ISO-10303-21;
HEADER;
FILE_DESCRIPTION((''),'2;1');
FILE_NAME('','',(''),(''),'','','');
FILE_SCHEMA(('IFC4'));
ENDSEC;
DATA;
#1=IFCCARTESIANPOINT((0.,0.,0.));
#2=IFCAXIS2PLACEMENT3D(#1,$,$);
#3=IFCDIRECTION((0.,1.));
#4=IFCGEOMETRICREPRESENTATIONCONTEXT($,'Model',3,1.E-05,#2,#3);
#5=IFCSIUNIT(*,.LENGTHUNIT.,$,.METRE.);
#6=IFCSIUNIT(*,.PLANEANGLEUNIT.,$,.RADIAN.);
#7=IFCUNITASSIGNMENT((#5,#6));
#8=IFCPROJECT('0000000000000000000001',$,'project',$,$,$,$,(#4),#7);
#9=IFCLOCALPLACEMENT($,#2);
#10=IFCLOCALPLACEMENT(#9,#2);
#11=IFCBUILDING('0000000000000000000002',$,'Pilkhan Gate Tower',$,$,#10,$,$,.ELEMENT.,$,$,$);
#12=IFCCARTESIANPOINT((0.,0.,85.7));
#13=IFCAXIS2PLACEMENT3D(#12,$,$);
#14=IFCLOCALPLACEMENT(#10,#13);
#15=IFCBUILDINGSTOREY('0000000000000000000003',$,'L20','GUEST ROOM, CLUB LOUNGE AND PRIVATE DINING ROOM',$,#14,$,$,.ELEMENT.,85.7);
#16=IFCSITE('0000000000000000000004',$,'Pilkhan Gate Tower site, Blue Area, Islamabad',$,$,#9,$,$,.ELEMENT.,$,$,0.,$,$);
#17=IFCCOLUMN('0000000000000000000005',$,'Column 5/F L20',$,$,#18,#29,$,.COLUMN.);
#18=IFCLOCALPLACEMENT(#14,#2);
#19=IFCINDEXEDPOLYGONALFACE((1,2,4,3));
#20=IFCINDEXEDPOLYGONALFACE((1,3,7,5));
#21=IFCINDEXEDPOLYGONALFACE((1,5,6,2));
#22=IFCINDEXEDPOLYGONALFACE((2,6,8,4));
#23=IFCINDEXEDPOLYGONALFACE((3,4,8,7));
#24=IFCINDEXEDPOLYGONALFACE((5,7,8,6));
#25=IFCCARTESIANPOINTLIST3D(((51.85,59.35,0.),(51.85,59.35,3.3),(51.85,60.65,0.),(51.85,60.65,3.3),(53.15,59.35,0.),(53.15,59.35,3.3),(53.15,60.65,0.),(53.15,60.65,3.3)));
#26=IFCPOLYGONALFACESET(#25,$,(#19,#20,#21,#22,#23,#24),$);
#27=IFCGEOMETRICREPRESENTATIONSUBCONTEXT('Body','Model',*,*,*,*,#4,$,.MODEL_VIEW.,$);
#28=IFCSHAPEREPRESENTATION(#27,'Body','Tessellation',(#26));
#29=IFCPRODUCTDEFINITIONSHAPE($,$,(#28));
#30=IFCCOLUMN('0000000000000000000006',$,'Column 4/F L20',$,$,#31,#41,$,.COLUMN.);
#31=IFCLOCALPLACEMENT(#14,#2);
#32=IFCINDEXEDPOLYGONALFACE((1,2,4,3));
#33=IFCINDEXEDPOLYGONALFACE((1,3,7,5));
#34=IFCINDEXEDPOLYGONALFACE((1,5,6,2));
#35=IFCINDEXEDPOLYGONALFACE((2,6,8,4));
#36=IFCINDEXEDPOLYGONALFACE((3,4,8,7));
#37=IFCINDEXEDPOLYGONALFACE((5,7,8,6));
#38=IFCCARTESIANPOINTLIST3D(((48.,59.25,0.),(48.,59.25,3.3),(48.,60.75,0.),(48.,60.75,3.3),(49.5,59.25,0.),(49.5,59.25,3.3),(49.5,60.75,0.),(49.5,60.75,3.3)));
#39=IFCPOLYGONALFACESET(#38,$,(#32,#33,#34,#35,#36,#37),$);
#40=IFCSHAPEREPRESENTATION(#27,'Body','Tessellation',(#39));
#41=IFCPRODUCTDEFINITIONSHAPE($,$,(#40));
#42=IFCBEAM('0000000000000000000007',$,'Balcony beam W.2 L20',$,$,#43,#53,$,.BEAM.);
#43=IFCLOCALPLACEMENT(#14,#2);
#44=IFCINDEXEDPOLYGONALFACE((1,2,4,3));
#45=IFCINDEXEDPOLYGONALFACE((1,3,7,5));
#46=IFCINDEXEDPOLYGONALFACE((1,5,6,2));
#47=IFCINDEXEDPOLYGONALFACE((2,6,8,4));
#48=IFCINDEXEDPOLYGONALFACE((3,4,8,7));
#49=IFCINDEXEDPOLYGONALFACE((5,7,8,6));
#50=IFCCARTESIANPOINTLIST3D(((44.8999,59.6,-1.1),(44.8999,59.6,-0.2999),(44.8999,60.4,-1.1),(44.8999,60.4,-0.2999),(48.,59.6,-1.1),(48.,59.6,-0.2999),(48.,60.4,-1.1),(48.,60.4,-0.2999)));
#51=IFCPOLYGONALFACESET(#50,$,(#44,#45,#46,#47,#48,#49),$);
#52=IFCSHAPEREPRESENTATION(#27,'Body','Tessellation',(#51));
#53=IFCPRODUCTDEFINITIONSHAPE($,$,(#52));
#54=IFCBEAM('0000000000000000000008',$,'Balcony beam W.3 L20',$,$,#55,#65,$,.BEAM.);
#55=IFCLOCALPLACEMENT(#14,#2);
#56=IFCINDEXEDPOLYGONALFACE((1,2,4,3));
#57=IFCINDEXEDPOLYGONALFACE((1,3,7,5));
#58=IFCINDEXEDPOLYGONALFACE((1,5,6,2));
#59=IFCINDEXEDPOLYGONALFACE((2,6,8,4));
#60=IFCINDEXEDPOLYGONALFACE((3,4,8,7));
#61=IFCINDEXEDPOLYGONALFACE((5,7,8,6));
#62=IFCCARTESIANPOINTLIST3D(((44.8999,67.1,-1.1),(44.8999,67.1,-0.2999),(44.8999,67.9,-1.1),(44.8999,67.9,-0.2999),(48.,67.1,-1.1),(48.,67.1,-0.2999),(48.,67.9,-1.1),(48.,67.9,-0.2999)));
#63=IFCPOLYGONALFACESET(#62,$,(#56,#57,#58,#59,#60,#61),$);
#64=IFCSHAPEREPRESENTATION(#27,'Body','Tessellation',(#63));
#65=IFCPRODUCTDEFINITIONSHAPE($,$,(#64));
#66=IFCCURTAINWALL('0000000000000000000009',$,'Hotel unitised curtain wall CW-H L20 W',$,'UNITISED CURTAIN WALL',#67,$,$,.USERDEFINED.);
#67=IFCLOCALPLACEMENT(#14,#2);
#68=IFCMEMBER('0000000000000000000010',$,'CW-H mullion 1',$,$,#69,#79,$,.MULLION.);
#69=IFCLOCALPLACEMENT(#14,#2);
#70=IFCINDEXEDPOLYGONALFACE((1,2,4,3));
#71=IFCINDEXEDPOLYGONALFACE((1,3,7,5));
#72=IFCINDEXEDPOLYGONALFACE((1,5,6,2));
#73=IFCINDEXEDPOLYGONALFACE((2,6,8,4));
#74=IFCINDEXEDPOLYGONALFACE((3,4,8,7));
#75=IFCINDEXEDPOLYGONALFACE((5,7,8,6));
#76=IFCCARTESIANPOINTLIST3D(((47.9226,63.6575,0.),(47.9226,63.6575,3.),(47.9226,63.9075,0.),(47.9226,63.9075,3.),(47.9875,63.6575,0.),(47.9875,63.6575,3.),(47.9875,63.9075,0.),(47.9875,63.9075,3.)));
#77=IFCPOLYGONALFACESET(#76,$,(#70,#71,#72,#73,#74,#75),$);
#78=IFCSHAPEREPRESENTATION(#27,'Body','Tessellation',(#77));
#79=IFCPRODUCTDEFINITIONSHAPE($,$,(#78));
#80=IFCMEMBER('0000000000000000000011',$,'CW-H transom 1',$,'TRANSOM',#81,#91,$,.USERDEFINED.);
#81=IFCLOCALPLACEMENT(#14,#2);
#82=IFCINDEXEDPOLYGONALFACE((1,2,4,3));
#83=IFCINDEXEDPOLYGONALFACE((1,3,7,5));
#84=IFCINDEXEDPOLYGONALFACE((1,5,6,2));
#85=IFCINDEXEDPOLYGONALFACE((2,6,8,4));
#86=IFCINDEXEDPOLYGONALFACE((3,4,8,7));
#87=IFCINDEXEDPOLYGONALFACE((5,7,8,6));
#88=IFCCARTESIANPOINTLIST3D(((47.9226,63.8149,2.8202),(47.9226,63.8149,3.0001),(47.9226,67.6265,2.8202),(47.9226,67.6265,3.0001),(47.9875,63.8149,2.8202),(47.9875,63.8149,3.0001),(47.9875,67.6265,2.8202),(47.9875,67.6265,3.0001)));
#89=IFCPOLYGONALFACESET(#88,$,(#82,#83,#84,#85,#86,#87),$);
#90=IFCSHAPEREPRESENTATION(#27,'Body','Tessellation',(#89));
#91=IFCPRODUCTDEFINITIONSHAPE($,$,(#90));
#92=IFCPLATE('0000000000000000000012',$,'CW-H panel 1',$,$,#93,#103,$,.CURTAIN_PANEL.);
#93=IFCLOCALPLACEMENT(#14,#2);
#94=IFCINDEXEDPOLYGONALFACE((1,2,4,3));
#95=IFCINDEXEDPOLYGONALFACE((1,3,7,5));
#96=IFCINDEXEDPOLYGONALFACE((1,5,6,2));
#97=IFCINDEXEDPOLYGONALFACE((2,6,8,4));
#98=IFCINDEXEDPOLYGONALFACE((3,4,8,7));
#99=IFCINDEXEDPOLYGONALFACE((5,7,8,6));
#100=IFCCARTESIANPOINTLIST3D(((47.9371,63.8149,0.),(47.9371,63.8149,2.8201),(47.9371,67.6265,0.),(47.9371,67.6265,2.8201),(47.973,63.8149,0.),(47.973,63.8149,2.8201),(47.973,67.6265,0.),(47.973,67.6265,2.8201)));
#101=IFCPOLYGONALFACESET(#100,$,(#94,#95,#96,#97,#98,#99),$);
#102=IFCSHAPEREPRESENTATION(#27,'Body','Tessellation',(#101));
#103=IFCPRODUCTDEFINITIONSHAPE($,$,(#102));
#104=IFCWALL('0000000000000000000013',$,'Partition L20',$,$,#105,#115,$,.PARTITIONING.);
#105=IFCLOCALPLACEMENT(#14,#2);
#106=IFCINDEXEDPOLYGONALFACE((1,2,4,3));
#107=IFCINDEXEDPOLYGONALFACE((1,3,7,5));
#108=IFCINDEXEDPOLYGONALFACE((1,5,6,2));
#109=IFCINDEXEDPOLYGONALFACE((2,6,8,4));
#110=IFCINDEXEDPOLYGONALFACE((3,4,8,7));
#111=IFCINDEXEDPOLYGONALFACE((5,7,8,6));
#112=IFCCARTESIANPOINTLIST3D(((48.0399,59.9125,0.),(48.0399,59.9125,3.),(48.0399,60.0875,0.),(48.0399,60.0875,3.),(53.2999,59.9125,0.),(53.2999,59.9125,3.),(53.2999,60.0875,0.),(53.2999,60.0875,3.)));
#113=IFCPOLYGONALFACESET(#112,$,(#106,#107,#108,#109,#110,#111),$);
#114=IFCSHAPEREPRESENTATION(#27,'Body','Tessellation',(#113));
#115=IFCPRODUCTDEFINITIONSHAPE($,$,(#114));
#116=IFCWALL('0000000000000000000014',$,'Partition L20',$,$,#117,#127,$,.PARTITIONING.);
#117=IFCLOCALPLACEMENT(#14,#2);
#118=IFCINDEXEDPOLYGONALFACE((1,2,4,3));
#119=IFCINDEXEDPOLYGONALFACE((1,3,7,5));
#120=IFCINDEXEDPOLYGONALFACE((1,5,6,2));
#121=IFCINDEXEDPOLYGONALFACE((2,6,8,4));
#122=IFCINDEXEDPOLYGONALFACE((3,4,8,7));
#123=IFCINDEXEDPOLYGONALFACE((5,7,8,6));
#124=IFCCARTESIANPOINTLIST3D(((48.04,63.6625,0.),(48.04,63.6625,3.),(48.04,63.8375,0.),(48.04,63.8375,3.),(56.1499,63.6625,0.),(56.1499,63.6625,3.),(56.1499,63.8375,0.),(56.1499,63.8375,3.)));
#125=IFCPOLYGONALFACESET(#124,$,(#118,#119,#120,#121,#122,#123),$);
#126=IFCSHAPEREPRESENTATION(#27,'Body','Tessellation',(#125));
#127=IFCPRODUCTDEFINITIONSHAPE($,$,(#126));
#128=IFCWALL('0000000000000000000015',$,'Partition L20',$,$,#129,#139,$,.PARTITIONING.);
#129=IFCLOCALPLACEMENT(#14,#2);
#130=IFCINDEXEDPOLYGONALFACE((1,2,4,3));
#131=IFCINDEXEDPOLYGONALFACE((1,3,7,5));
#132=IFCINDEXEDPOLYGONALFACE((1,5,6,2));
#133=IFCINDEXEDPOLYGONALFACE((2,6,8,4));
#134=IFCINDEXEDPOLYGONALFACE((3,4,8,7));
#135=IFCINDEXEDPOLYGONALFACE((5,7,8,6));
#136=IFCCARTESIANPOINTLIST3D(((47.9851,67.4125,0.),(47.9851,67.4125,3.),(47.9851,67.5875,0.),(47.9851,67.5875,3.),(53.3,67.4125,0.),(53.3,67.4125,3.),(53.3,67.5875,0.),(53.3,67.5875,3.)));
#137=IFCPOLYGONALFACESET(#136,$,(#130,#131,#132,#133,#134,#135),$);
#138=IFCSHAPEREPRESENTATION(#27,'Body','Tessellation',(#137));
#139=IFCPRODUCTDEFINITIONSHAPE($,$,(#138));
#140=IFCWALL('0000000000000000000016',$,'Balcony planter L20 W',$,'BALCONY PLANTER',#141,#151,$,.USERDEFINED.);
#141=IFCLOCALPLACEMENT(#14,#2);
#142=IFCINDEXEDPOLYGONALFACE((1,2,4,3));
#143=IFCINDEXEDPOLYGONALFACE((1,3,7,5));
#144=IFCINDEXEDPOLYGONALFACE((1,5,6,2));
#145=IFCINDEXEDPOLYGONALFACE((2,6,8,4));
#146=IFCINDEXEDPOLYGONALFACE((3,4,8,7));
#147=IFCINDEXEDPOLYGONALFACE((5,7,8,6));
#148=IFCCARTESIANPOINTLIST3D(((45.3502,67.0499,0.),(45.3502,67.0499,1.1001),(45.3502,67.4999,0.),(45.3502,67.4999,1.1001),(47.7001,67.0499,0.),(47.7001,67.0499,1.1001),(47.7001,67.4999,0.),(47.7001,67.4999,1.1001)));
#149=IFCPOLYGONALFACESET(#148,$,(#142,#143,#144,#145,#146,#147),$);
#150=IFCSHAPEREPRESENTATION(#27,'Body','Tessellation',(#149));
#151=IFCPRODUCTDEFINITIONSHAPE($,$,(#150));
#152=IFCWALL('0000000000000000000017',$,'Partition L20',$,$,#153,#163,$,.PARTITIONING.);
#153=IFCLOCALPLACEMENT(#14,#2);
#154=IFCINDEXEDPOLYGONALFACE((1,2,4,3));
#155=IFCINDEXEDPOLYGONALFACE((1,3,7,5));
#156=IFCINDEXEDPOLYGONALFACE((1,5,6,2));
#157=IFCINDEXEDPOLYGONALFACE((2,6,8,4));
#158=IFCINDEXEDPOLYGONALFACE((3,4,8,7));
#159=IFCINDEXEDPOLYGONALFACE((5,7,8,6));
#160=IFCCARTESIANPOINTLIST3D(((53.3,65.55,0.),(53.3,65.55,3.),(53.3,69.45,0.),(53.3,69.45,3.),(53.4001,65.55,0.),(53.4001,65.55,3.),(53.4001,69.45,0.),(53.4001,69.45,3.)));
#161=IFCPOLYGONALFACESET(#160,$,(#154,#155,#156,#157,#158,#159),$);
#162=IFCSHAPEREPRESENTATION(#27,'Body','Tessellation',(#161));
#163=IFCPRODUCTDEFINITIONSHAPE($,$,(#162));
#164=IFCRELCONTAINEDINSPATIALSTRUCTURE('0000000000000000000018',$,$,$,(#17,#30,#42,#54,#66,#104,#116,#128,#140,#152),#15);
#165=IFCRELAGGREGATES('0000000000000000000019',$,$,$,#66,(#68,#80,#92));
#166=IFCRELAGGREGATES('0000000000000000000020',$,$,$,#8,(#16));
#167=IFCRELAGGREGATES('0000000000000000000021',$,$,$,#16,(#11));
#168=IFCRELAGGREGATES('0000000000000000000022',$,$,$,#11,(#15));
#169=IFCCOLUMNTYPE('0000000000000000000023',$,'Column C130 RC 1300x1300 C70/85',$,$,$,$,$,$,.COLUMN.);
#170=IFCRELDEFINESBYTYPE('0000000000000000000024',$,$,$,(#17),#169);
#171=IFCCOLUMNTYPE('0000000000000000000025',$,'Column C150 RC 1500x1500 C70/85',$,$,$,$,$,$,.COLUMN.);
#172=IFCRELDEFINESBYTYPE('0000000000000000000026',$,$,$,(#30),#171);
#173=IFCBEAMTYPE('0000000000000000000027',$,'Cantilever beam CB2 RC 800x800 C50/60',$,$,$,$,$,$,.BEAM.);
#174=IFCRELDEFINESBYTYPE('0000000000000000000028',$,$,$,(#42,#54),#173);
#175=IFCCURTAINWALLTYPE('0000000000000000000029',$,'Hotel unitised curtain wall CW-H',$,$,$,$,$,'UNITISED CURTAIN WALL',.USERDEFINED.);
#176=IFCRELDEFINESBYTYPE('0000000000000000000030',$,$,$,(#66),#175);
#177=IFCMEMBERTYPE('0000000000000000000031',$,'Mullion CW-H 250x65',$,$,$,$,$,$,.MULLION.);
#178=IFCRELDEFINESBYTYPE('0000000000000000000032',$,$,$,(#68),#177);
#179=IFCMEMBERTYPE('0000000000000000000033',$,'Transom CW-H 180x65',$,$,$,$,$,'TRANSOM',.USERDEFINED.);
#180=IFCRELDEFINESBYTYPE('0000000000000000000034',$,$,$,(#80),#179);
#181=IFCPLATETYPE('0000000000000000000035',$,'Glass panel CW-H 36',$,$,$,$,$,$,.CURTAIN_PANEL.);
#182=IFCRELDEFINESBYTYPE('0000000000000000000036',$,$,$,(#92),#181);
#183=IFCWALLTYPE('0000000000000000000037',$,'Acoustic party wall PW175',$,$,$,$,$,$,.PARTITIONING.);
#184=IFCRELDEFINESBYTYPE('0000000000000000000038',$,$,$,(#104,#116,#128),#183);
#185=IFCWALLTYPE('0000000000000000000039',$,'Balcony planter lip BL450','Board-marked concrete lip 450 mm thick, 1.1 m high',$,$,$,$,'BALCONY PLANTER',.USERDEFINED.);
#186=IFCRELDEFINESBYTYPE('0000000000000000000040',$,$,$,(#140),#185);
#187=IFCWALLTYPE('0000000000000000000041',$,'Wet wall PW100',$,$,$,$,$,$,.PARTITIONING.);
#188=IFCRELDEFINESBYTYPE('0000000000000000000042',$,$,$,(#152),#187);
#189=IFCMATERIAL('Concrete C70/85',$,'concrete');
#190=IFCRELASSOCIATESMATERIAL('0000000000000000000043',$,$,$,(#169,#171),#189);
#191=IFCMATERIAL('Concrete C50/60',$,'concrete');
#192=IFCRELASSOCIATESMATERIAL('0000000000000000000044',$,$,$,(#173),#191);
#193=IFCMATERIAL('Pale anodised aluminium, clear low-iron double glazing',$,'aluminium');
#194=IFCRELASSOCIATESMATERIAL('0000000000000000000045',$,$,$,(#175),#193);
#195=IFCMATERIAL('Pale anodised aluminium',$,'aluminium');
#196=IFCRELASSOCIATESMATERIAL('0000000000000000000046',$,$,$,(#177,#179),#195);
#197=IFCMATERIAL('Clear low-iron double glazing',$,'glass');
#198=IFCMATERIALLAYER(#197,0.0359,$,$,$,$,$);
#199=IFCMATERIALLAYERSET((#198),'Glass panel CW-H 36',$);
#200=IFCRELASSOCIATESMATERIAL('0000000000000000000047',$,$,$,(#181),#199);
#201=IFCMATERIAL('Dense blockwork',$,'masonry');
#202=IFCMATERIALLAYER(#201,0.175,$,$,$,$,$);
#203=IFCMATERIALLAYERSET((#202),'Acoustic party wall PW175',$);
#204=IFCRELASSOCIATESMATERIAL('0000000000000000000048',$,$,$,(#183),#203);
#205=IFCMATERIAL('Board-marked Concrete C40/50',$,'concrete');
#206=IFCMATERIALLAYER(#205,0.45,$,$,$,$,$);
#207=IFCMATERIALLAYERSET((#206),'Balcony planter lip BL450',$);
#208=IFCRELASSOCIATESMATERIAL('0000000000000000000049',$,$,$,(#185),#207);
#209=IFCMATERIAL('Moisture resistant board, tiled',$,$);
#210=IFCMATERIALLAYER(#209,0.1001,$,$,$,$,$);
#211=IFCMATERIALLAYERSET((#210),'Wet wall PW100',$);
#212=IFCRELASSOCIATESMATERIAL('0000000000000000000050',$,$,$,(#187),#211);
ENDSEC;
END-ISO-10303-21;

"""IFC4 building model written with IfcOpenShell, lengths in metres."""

from ifc_helpers import new_model, si_unit, direction, frame, frame_2d, origin, origin_2d, place, context, subcontext, project, spatial, rectangle, extrude, material, layer, layer_set, material_profile, profile_set, type_object, element, aggregate, save


model = new_model("IFC4")

# Units and contexts
model_context = context("Model", 3, precision=1e-05, world=origin(), true_north=direction((0.0, 1.0)))
body_context = subcontext(model_context, "Body", "Model", "MODEL_VIEW")
ifc_project = project(units=[si_unit("LENGTHUNIT", "METRE"), si_unit("PLANEANGLEUNIT", "RADIAN")], contexts=[model_context])

# Site, building, storey
site_placement = place(None, origin())
site = spatial("IfcSite", under=ifc_project, at=site_placement, Name="Pilkhan Gate Tower site, Blue Area, Islamabad", CompositionType="ELEMENT", RefElevation=0.0)
building_placement = place(site_placement, origin())
building = spatial("IfcBuilding", under=site, at=building_placement, Name="Pilkhan Gate Tower", CompositionType="ELEMENT")
storey_placement = place(building_placement, frame((0.0, 0.0, 85.7)))
storey = spatial("IfcBuildingStorey", under=building, at=storey_placement, Name="L20", Description="GUEST ROOM, CLUB LOUNGE AND PRIVATE DINING ROOM", CompositionType="ELEMENT", Elevation=85.7)

# Columns
ifc_material_1 = material(Name="Concrete C70/85", Category="concrete")
ifc_material_profile_1 = material_profile(ifc_material_1, rectangle(XDim=1.3, YDim=1.3, at=origin_2d()), Name="RC 1300x1300")
ifc_profile_set_1 = profile_set([ifc_material_profile_1], Name="Concrete C70/85")
column_type_1 = type_object("IfcColumnType", Name="Column C130 RC 1300x1300 C70/85", PredefinedType="COLUMN", material=ifc_profile_set_1)
column_1_placement = place(storey_placement, frame((52.5, 60.0, 0.0), z_axis=(0.0, 0.0, 1.0), x_axis=(1.0, 0.0, 0.0)))
element("IfcColumn", 1, at=column_1_placement, inside=storey, type_object=column_type_1, Name="Column 5/F L20", PredefinedType="COLUMN", context=body_context, shape_type="SweptSolid", body=[
    extrude(rectangle(XDim=1.3, YDim=1.3, at=origin_2d()), origin(), (0.0, 0.0, 1.0), 3.3),
])
ifc_material_profile_2 = material_profile(ifc_material_1, rectangle(XDim=1.5, YDim=1.5, at=origin_2d()), Name="RC 1500x1500")
ifc_profile_set_2 = profile_set([ifc_material_profile_2], Name="Concrete C70/85")
column_type_2 = type_object("IfcColumnType", Name="Column C150 RC 1500x1500 C70/85", PredefinedType="COLUMN", material=ifc_profile_set_2)
column_2_placement = place(storey_placement, frame((48.75, 60.0, 0.0), z_axis=(0.0, 0.0, 1.0), x_axis=(1.0, 0.0, 0.0)))
element("IfcColumn", 2, at=column_2_placement, inside=storey, type_object=column_type_2, Name="Column 4/F L20", PredefinedType="COLUMN", context=body_context, shape_type="SweptSolid", body=[
    extrude(rectangle(XDim=1.5, YDim=1.5, at=origin_2d()), origin(), (0.0, 0.0, 1.0), 3.3),
])

# Beams
ifc_material_2 = material(Name="Concrete C50/60", Category="concrete")
ifc_material_profile_3 = material_profile(ifc_material_2, rectangle(XDim=0.8, YDim=0.8, at=origin_2d()), Name="RC 800x800")
ifc_profile_set_3 = profile_set([ifc_material_profile_3], Name="Concrete C50/60")
beam_type = type_object("IfcBeamType", Name="Cantilever beam CB2 RC 800x800 C50/60", PredefinedType="BEAM", material=ifc_profile_set_3)
for number, where, z_axis, x_axis, name in (
    (3, (48.0, 60.0, -0.7), (-1.0, 0.0, 0.0), (0.0, -1.0, 0.0), "Balcony beam W.2 L20"),
    (4, (48.0, 67.5, -0.7), (-1.0, 0.0, 0.0), (0.0, -1.0, 0.0), "Balcony beam W.3 L20"),
):
    element("IfcBeam", number, at=place(storey_placement, frame(where, z_axis=z_axis, x_axis=x_axis)), inside=storey, type_object=beam_type, Name=name, PredefinedType="BEAM", context=body_context, shape_type="SweptSolid", body=[
        extrude(rectangle(XDim=0.8, YDim=0.8, at=origin_2d()), origin(), (0.0, 0.0, 1.0), 3.1001),
    ])

# Curtain wall, members, plate
ifc_material_3 = material(Name="Pale anodised aluminium, clear low-iron double glazing", Category="aluminium")
curtain_wall_type = type_object("IfcCurtainWallType", Name="Hotel unitised curtain wall CW-H", ElementType="UNITISED CURTAIN WALL", PredefinedType="USERDEFINED", material=ifc_material_3)
curtain_wall_placement = place(storey_placement, origin())
curtain_wall = element("IfcCurtainWall", 5, at=curtain_wall_placement, inside=storey, type_object=curtain_wall_type, Name="Hotel unitised curtain wall CW-H L20 W", ObjectType="UNITISED CURTAIN WALL", PredefinedType="USERDEFINED")
ifc_material_4 = material(Name="Pale anodised aluminium", Category="aluminium")
ifc_material_profile_4 = material_profile(ifc_material_4, rectangle(XDim=0.0649, YDim=0.25, at=origin_2d()), Name="Mullion 250x65")
ifc_profile_set_4 = profile_set([ifc_material_profile_4], Name="Pale anodised aluminium")
member_type_1 = type_object("IfcMemberType", Name="Mullion CW-H 250x65", PredefinedType="MULLION", material=ifc_profile_set_4)
member_1_placement = place(storey_placement, frame((47.9551, 63.7825, 0.0), z_axis=(0.0, 0.0, 1.0), x_axis=(-1.0, 0.0, 0.0)))
member_1 = element("IfcMember", 6, at=member_1_placement, type_object=member_type_1, Name="CW-H mullion 1", PredefinedType="MULLION", context=body_context, shape_type="SweptSolid", body=[
    extrude(rectangle(XDim=0.0649, YDim=0.25, at=origin_2d()), origin(), (0.0, 0.0, 1.0), 3.0),
])
ifc_material_profile_5 = material_profile(ifc_material_4, rectangle(XDim=0.0649, YDim=0.1799, at=origin_2d()), Name="Transom 180x65")
ifc_profile_set_5 = profile_set([ifc_material_profile_5], Name="Pale anodised aluminium")
member_type_2 = type_object("IfcMemberType", Name="Transom CW-H 180x65", ElementType="TRANSOM", PredefinedType="USERDEFINED", material=ifc_profile_set_5)
member_2_placement = place(storey_placement, frame((47.9551, 63.8149, 2.9102), z_axis=(0.0, 1.0, 0.0), x_axis=(-1.0, 0.0, 0.0)))
member_2 = element("IfcMember", 7, at=member_2_placement, type_object=member_type_2, Name="CW-H transom 1", ObjectType="TRANSOM", PredefinedType="USERDEFINED", context=body_context, shape_type="SweptSolid", body=[
    extrude(rectangle(XDim=0.0649, YDim=0.1799, at=origin_2d()), origin(), (0.0, 0.0, 1.0), 3.8115),
])
ifc_material_5 = material(Name="Clear low-iron double glazing", Category="glass")
ifc_layer_1 = layer(ifc_material_5, 0.0359)
ifc_layer_set_1 = layer_set([ifc_layer_1], Name="Glass panel CW-H 36")
plate_type = type_object("IfcPlateType", Name="Glass panel CW-H 36", PredefinedType="CURTAIN_PANEL", material=ifc_layer_set_1)
plate_placement = place(storey_placement, frame((47.9551, 65.7207, 0.0), z_axis=(0.0, 0.0, 1.0), x_axis=(0.0, 1.0, 0.0)))
plate = element("IfcPlate", 8, at=plate_placement, type_object=plate_type, Name="CW-H panel 1", PredefinedType="CURTAIN_PANEL", context=body_context, shape_type="SweptSolid", body=[
    extrude(rectangle(XDim=3.8115, YDim=0.0359, at=origin_2d()), origin(), (0.0, 0.0, 1.0), 2.8201),
])
aggregate(curtain_wall, [member_1, member_2, plate])

# Walls
ifc_material_6 = material(Name="Dense blockwork", Category="masonry")
ifc_layer_2 = layer(ifc_material_6, 0.175)
ifc_layer_set_2 = layer_set([ifc_layer_2], Name="Acoustic party wall PW175")
wall_type_1 = type_object("IfcWallType", Name="Acoustic party wall PW175", PredefinedType="PARTITIONING", material=ifc_layer_set_2)
wall_1_placement = place(storey_placement, frame((48.04, 60.0, 0.0), z_axis=(0.0, 0.0, 1.0), x_axis=(1.0, 0.0, 0.0)))
element("IfcWall", 9, at=wall_1_placement, inside=storey, type_object=wall_type_1, Name="Partition L20", PredefinedType="PARTITIONING", context=body_context, shape_type="SweptSolid", body=[
    extrude(rectangle(XDim=5.26, YDim=0.175, at=frame_2d((2.6299, 0.0))), origin(), (0.0, 0.0, 1.0), 3.0),
])
wall_2_placement = place(storey_placement, frame((48.04, 63.75, 0.0), z_axis=(0.0, 0.0, 1.0), x_axis=(1.0, 0.0, 0.0)))
element("IfcWall", 10, at=wall_2_placement, inside=storey, type_object=wall_type_1, Name="Partition L20", PredefinedType="PARTITIONING", context=body_context, shape_type="SweptSolid", body=[
    extrude(rectangle(XDim=8.1099, YDim=0.175, at=frame_2d((4.0549, 0.0))), origin(), (0.0, 0.0, 1.0), 3.0),
])
wall_3_placement = place(storey_placement, frame((47.9851, 67.5, 0.0), z_axis=(0.0, 0.0, 1.0), x_axis=(1.0, 0.0, 0.0)))
element("IfcWall", 11, at=wall_3_placement, inside=storey, type_object=wall_type_1, Name="Partition L20", PredefinedType="PARTITIONING", context=body_context, shape_type="SweptSolid", body=[
    extrude(rectangle(XDim=5.3149, YDim=0.175, at=frame_2d((2.6575, 0.0))), origin(), (0.0, 0.0, 1.0), 3.0),
])
ifc_material_7 = material(Name="Board-marked Concrete C40/50", Category="concrete")
ifc_layer_3 = layer(ifc_material_7, 0.45)
ifc_layer_set_3 = layer_set([ifc_layer_3], Name="Balcony planter lip BL450")
wall_type_2 = type_object("IfcWallType", Name="Balcony planter lip BL450", Description="Board-marked concrete lip 450 mm thick, 1.1 m high", ElementType="BALCONY PLANTER", PredefinedType="USERDEFINED", material=ifc_layer_set_3)
wall_4_placement = place(storey_placement, frame((47.7, 67.2749, 0.0), z_axis=(0.0, 0.0, 1.0), x_axis=(-1.0, 0.0, 0.0)))
element("IfcWall", 12, at=wall_4_placement, inside=storey, type_object=wall_type_2, Name="Balcony planter L20 W", ObjectType="BALCONY PLANTER", PredefinedType="USERDEFINED", context=body_context, shape_type="SweptSolid", body=[
    extrude(rectangle(XDim=2.3499, YDim=0.45, at=frame_2d((1.1748, 0.0))), origin(), (0.0, 0.0, 1.0), 1.1001),
])

# Wall
ifc_material_8 = material(Name="Moisture resistant board, tiled")
ifc_layer_4 = layer(ifc_material_8, 0.1001)
ifc_layer_set_4 = layer_set([ifc_layer_4], Name="Wet wall PW100")
wall_type_3 = type_object("IfcWallType", Name="Wet wall PW100", PredefinedType="PARTITIONING", material=ifc_layer_set_4)
wall_5_placement = place(storey_placement, frame((53.3501, 65.55, 0.0), z_axis=(0.0, 0.0, 1.0), x_axis=(0.0, 1.0, 0.0)))
element("IfcWall", 13, at=wall_5_placement, inside=storey, type_object=wall_type_3, Name="Partition L20", PredefinedType="PARTITIONING", context=body_context, shape_type="SweptSolid", body=[
    extrude(rectangle(XDim=3.8999, YDim=0.1001, at=frame_2d((1.95, 0.0))), origin(), (0.0, 0.0, 1.0), 3.0),
])

save(model, "model.ifc")
